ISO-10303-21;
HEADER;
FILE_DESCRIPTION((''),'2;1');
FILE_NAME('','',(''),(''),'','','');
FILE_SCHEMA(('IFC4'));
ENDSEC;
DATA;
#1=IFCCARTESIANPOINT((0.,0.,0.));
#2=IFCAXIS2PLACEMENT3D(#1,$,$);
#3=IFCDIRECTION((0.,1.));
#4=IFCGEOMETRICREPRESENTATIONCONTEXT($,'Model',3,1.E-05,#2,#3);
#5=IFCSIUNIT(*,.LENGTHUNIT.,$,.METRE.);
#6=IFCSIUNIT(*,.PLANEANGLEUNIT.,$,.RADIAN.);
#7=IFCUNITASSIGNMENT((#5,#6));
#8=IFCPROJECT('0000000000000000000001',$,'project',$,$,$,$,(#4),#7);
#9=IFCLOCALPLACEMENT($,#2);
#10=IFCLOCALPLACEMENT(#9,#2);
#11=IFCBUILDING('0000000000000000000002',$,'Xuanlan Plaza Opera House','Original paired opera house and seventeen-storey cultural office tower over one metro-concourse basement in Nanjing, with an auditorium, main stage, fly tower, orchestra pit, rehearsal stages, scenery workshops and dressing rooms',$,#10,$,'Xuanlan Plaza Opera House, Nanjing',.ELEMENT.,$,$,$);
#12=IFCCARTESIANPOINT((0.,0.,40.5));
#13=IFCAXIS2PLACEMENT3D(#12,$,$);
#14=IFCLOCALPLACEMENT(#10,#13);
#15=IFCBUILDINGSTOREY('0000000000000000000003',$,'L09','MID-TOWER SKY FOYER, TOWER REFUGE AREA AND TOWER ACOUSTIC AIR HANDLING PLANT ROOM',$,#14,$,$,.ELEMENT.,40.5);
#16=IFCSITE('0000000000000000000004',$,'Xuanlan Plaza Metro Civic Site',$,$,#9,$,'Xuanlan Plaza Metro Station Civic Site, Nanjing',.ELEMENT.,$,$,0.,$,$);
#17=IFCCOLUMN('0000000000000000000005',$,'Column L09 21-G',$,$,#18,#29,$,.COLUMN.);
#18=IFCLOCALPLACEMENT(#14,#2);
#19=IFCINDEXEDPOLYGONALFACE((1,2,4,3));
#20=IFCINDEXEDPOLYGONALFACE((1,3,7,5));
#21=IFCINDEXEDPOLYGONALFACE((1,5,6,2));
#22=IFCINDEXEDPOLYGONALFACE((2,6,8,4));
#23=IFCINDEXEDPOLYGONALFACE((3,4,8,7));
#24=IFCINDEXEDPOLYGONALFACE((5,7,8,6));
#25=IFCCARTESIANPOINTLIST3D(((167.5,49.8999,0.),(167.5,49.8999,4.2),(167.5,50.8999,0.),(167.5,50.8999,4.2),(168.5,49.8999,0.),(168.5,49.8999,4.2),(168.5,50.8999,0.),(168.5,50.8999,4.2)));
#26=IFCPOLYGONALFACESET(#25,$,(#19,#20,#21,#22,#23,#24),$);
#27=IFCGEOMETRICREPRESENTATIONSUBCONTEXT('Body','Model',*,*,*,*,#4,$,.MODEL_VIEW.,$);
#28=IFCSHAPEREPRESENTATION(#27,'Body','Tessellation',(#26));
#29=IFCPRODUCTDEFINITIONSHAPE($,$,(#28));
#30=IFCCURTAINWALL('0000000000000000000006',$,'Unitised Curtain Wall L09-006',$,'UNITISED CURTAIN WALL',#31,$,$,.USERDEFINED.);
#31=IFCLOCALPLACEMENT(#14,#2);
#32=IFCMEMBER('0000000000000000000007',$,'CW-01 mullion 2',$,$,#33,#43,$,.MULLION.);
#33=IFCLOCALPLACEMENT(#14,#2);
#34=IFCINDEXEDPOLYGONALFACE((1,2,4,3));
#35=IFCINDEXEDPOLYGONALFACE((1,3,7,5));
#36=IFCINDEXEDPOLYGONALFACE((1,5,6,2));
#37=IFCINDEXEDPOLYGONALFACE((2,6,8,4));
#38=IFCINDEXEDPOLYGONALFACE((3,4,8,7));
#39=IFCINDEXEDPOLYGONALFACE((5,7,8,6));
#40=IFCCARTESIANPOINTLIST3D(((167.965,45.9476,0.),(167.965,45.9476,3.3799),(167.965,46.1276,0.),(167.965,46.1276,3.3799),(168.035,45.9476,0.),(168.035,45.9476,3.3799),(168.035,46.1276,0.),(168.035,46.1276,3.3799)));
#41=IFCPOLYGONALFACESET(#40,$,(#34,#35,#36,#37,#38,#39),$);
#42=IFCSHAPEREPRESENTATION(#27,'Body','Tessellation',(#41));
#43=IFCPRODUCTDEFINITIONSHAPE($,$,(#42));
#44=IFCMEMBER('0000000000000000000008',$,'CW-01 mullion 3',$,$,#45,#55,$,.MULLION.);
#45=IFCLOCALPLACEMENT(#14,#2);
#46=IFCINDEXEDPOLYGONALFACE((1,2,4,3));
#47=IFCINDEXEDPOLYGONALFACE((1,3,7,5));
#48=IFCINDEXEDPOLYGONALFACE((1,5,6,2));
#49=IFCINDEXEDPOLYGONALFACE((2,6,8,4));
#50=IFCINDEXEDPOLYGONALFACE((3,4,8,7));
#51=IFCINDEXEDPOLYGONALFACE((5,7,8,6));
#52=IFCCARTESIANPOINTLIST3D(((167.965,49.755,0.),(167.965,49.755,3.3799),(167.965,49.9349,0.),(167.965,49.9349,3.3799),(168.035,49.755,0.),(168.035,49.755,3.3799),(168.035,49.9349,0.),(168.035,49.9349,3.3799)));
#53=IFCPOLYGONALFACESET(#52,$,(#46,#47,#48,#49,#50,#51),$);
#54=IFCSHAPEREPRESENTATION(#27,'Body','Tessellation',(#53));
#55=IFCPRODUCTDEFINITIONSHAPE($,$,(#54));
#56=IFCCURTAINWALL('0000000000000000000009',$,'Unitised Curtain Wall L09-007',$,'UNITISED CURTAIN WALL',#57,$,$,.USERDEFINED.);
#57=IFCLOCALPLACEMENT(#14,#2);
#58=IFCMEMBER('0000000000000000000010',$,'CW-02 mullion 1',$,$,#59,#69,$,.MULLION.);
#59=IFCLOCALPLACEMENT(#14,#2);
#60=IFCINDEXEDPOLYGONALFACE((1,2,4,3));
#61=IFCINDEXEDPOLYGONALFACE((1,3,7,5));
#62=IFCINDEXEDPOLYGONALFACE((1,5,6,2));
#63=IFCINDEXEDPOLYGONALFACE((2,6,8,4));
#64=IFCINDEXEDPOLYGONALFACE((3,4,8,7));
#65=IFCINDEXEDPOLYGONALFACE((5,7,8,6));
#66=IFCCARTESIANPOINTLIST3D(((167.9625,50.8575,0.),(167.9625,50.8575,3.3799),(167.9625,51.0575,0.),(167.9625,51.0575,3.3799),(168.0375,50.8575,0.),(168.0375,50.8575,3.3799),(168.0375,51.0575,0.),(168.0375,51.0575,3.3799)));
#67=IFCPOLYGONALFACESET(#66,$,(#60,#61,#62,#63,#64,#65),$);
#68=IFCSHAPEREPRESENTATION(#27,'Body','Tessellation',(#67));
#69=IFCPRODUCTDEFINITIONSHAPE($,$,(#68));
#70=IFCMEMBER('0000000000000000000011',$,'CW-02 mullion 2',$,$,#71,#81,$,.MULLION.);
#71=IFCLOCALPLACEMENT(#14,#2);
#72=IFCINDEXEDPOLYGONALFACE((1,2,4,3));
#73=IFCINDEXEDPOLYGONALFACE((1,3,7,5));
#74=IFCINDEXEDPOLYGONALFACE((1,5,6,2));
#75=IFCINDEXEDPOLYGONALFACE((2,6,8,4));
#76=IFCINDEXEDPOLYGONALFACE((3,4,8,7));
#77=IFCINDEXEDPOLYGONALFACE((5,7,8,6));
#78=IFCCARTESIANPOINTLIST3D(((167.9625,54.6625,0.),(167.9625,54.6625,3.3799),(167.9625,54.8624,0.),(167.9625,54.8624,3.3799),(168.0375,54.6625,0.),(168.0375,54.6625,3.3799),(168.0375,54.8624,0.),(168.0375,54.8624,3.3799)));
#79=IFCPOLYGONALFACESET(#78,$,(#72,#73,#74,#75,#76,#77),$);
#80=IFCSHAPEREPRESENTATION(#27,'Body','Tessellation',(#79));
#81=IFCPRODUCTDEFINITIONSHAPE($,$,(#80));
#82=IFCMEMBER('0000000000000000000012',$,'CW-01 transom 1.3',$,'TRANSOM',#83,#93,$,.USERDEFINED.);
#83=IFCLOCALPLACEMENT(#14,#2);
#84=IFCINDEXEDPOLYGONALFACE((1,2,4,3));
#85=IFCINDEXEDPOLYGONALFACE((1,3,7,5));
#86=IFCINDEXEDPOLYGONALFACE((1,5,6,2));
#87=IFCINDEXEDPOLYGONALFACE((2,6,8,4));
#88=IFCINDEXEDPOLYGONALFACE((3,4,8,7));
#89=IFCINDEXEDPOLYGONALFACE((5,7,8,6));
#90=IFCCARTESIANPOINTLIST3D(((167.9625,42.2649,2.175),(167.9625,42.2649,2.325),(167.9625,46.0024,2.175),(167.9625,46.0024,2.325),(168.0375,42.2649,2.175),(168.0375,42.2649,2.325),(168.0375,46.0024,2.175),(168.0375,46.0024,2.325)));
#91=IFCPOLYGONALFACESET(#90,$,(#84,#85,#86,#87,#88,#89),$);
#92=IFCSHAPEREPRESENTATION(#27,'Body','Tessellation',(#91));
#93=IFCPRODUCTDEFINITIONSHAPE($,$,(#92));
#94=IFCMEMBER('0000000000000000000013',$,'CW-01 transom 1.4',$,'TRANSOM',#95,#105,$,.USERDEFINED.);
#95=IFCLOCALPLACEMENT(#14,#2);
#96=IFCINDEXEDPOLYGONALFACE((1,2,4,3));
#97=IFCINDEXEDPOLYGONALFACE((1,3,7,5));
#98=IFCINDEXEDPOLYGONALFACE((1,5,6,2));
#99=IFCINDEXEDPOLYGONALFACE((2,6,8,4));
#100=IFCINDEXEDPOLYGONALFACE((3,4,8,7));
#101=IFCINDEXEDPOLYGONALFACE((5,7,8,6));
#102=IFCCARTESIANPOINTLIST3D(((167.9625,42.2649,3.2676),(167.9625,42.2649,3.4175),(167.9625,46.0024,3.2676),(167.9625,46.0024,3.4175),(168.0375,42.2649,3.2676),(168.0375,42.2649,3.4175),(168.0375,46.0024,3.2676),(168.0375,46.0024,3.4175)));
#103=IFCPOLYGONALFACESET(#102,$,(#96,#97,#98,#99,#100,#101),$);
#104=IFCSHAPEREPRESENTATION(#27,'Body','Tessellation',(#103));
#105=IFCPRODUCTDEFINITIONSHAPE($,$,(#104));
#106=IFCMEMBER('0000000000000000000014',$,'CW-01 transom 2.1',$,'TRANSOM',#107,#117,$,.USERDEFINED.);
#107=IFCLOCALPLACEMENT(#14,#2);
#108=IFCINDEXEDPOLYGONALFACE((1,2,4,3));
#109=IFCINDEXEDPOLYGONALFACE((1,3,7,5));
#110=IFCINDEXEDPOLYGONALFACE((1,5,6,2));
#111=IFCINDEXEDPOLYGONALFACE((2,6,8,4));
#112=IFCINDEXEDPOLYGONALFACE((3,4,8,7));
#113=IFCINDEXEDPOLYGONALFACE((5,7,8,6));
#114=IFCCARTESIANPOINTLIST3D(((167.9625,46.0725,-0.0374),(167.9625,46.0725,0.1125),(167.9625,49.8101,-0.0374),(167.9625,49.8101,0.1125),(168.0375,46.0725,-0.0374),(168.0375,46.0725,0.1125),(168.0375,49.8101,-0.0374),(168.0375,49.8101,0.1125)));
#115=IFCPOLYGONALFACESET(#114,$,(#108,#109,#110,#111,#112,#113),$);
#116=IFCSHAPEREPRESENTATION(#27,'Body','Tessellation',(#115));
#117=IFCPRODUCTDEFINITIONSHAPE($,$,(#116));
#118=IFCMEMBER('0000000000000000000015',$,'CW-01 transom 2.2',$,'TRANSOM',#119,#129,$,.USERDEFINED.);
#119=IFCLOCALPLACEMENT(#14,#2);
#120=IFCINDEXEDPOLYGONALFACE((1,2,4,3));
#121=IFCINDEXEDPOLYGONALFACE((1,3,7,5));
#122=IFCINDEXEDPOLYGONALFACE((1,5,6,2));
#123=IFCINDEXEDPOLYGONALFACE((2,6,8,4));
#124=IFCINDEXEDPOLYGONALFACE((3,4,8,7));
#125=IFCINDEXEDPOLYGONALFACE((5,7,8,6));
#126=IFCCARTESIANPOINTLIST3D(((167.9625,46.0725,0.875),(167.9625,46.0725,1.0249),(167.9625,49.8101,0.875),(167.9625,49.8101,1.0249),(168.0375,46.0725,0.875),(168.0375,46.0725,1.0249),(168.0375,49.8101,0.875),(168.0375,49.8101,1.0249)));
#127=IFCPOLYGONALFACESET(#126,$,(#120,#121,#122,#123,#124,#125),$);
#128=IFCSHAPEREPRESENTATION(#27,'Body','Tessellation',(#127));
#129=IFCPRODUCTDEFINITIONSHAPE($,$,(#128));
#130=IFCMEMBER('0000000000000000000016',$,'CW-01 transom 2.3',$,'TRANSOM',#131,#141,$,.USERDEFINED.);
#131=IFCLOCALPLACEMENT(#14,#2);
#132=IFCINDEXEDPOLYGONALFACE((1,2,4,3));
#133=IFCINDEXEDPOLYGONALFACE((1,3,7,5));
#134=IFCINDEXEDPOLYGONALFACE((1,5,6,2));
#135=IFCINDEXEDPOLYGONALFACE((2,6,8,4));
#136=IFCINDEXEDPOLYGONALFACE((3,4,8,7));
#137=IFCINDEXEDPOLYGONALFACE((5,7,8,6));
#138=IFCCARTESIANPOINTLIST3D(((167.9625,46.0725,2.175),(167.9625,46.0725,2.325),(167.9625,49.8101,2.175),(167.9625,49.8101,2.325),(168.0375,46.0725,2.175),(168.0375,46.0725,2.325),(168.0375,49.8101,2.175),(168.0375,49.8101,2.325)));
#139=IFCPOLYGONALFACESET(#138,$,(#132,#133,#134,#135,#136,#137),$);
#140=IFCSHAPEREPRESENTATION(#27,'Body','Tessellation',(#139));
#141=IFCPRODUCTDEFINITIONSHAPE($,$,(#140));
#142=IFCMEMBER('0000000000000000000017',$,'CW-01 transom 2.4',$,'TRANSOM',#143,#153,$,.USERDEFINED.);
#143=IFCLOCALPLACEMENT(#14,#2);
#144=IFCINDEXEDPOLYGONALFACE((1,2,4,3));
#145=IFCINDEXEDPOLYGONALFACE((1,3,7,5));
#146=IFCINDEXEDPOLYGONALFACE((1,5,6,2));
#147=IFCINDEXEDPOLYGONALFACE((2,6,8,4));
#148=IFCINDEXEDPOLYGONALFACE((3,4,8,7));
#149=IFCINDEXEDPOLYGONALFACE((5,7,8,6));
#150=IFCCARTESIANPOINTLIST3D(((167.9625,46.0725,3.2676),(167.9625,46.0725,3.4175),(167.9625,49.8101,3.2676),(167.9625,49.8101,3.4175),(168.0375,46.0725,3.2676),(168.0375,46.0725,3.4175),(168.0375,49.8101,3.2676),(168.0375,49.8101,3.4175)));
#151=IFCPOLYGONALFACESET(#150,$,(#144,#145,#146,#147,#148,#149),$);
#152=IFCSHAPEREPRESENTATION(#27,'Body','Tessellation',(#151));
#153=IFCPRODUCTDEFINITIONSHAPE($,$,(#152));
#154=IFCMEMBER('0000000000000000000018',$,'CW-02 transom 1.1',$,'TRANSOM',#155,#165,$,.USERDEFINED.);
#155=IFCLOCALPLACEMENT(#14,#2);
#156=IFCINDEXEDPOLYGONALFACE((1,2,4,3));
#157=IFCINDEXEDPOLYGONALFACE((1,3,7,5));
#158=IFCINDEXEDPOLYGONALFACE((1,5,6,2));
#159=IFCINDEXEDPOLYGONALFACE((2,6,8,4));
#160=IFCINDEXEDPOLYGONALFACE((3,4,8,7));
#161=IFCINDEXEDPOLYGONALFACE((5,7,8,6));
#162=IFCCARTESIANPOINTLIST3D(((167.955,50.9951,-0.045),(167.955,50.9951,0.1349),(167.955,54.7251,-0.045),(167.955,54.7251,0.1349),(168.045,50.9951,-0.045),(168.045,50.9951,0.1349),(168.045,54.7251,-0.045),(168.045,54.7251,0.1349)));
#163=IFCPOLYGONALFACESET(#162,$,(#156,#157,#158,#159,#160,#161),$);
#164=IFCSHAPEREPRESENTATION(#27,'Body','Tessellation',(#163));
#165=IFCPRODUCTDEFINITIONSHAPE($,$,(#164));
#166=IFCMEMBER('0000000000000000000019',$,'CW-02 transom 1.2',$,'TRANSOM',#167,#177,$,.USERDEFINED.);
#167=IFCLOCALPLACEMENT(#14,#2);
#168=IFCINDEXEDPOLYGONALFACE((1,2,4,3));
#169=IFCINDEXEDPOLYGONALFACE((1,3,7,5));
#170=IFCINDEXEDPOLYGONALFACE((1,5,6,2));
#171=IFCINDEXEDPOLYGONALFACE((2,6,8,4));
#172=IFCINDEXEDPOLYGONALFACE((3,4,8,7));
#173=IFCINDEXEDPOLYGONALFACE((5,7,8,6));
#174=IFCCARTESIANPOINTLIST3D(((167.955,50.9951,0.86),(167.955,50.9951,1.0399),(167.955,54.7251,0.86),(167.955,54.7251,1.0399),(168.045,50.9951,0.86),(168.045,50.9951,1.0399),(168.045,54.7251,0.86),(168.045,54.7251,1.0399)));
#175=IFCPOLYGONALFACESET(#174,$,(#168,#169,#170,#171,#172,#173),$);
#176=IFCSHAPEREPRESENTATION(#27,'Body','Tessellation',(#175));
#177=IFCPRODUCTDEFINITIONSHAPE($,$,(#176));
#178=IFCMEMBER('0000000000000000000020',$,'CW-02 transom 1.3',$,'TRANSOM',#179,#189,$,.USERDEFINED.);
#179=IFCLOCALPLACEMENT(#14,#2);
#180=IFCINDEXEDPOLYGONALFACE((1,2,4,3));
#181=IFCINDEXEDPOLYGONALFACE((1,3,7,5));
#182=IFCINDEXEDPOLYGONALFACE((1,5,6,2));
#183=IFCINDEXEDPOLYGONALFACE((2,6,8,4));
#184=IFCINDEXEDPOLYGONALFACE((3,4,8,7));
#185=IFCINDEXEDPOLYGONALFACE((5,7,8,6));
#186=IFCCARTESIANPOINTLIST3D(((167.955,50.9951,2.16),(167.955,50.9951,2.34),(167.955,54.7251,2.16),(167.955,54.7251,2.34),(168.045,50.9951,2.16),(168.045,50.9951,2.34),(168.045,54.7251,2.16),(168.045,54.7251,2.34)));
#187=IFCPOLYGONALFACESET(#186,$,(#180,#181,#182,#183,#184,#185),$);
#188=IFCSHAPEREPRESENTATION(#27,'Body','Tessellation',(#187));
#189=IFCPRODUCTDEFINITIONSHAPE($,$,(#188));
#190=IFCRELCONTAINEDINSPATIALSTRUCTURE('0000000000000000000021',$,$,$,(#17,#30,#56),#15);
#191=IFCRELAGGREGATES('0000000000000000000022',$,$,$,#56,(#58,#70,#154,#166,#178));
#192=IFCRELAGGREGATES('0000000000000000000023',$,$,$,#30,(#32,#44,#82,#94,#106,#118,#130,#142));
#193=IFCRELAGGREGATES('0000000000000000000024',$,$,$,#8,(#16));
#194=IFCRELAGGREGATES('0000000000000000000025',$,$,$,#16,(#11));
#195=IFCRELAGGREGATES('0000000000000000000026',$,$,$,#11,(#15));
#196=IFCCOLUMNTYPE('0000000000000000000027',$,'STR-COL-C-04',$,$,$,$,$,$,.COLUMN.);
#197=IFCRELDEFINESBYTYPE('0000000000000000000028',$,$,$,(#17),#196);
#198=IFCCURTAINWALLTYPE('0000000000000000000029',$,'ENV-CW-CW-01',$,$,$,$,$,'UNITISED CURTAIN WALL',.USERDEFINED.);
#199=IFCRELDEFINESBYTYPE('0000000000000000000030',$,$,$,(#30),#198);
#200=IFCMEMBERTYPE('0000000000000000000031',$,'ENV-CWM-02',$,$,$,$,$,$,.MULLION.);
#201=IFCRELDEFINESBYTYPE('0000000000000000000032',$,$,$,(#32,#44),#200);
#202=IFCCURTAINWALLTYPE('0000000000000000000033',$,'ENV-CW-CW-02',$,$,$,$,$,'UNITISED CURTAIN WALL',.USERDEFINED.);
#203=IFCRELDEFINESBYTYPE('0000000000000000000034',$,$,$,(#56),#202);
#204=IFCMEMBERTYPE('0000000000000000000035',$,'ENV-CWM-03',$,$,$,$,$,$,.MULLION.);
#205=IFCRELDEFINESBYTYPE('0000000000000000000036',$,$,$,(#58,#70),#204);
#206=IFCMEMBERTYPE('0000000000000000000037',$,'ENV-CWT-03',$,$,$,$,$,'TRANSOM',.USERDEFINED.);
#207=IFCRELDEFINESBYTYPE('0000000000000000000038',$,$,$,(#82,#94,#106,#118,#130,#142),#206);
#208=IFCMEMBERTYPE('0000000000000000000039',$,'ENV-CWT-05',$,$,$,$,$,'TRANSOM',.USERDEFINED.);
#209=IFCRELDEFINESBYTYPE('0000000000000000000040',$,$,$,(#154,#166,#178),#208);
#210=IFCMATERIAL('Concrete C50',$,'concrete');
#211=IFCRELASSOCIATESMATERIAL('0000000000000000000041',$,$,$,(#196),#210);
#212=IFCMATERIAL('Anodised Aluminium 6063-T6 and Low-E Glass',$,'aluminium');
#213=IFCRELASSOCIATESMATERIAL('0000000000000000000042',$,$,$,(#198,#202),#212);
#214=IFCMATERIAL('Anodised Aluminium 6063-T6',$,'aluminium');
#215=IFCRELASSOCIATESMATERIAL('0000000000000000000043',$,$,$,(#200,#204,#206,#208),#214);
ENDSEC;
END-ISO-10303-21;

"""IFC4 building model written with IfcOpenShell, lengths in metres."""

from ifc_helpers import new_model, si_unit, direction, frame, origin, origin_2d, place, context, subcontext, project, spatial, rectangle, extrude, material, material_profile, profile_set, type_object, element, aggregate, save


model = new_model("IFC4")

# Units and contexts
model_context = context("Model", 3, precision=1e-05, world=origin(), true_north=direction((0.0, 1.0)))
body_context = subcontext(model_context, "Body", "Model", "MODEL_VIEW")
ifc_project = project(units=[si_unit("LENGTHUNIT", "METRE"), si_unit("PLANEANGLEUNIT", "RADIAN")], contexts=[model_context])

# Site, building, storey
site_placement = place(None, origin())
site = spatial("IfcSite", under=ifc_project, at=site_placement, Name="Xuanlan Plaza Metro Civic Site", LongName="Xuanlan Plaza Metro Station Civic Site, Nanjing", CompositionType="ELEMENT", RefElevation=0.0)
building_placement = place(site_placement, origin())
building = spatial("IfcBuilding", under=site, at=building_placement, Name="Xuanlan Plaza Opera House", Description="Original paired opera house and seventeen-storey cultural office tower over one metro-concourse basement in Nanjing, with an auditorium, main stage, fly tower, orchestra pit, rehearsal stages, scenery workshops and dressing rooms", LongName="Xuanlan Plaza Opera House, Nanjing", CompositionType="ELEMENT")
storey_placement = place(building_placement, frame((0.0, 0.0, 40.5)))
storey = spatial("IfcBuildingStorey", under=building, at=storey_placement, Name="L09", Description="MID-TOWER SKY FOYER, TOWER REFUGE AREA AND TOWER ACOUSTIC AIR HANDLING PLANT ROOM", CompositionType="ELEMENT", Elevation=40.5)

# Column
ifc_material_1 = material(Name="Concrete C50", Category="concrete")
ifc_material_profile_1 = material_profile(ifc_material_1, rectangle(XDim=1.0, YDim=1.0, at=origin_2d()), Name="RC-COL 1000x1000")
ifc_profile_set_1 = profile_set([ifc_material_profile_1], Name="Concrete C50")
column_type = type_object("IfcColumnType", Name="STR-COL-C-04", PredefinedType="COLUMN", material=ifc_profile_set_1)
column_placement = place(storey_placement, frame((168.0, 50.3999, 0.0), z_axis=(0.0, 0.0, 1.0), x_axis=(1.0, 0.0, 0.0)))
element("IfcColumn", 1, at=column_placement, inside=storey, type_object=column_type, Name="Column L09 21-G", PredefinedType="COLUMN", context=body_context, shape_type="SweptSolid", body=[
    extrude(rectangle(XDim=1.0, YDim=1.0, at=origin_2d()), origin(), (0.0, 0.0, 1.0), 4.2),
])

# Curtain walls, members
ifc_material_2 = material(Name="Anodised Aluminium 6063-T6 and Low-E Glass", Category="aluminium")
curtain_wall_type_1 = type_object("IfcCurtainWallType", Name="ENV-CW-CW-01", ElementType="UNITISED CURTAIN WALL", PredefinedType="USERDEFINED", material=ifc_material_2)
curtain_wall_1_placement = place(storey_placement, origin())
curtain_wall_1 = element("IfcCurtainWall", 2, at=curtain_wall_1_placement, inside=storey, type_object=curtain_wall_type_1, Name="Unitised Curtain Wall L09-006", ObjectType="UNITISED CURTAIN WALL", PredefinedType="USERDEFINED")
ifc_material_3 = material(Name="Anodised Aluminium 6063-T6", Category="aluminium")
ifc_material_profile_2 = material_profile(ifc_material_3, rectangle(XDim=0.0701, YDim=0.1799, at=origin_2d()), Name="ALU-M 70x180")
ifc_profile_set_2 = profile_set([ifc_material_profile_2], Name="Anodised Aluminium 6063-T6")
member_type_1 = type_object("IfcMemberType", Name="ENV-CWM-02", PredefinedType="MULLION", material=ifc_profile_set_2)
member_1_placement = place(storey_placement, frame((168.0, 46.0376, 0.0), z_axis=(0.0, 0.0, 1.0), x_axis=(-1.0, 0.0, 0.0)))
member_1 = element("IfcMember", 3, at=member_1_placement, type_object=member_type_1, Name="CW-01 mullion 2", PredefinedType="MULLION", context=body_context, shape_type="SweptSolid", body=[
    extrude(rectangle(XDim=0.0701, YDim=0.1799, at=origin_2d()), origin(), (0.0, 0.0, 1.0), 3.3799),
])
member_2_placement = place(storey_placement, frame((168.0, 49.845, 0.0), z_axis=(0.0, 0.0, 1.0), x_axis=(-1.0, 0.0, 0.0)))
member_2 = element("IfcMember", 4, at=member_2_placement, type_object=member_type_1, Name="CW-01 mullion 3", PredefinedType="MULLION", context=body_context, shape_type="SweptSolid", body=[
    extrude(rectangle(XDim=0.0701, YDim=0.1799, at=origin_2d()), origin(), (0.0, 0.0, 1.0), 3.3799),
])
curtain_wall_type_2 = type_object("IfcCurtainWallType", Name="ENV-CW-CW-02", ElementType="UNITISED CURTAIN WALL", PredefinedType="USERDEFINED", material=ifc_material_2)
curtain_wall_2_placement = place(storey_placement, origin())
curtain_wall_2 = element("IfcCurtainWall", 5, at=curtain_wall_2_placement, inside=storey, type_object=curtain_wall_type_2, Name="Unitised Curtain Wall L09-007", ObjectType="UNITISED CURTAIN WALL", PredefinedType="USERDEFINED")
ifc_material_profile_3 = material_profile(ifc_material_3, rectangle(XDim=0.075, YDim=0.2, at=origin_2d()), Name="ALU-M 75x200")
ifc_profile_set_3 = profile_set([ifc_material_profile_3], Name="Anodised Aluminium 6063-T6")
member_type_2 = type_object("IfcMemberType", Name="ENV-CWM-03", PredefinedType="MULLION", material=ifc_profile_set_3)
member_3_placement = place(storey_placement, frame((168.0, 50.9575, 0.0), z_axis=(0.0, 0.0, 1.0), x_axis=(-1.0, 0.0, 0.0)))
member_3 = element("IfcMember", 6, at=member_3_placement, type_object=member_type_2, Name="CW-02 mullion 1", PredefinedType="MULLION", context=body_context, shape_type="SweptSolid", body=[
    extrude(rectangle(XDim=0.075, YDim=0.2, at=origin_2d()), origin(), (0.0, 0.0, 1.0), 3.3799),
])
member_4_placement = place(storey_placement, frame((168.0, 54.7625, 0.0), z_axis=(0.0, 0.0, 1.0), x_axis=(-1.0, 0.0, 0.0)))
member_4 = element("IfcMember", 7, at=member_4_placement, type_object=member_type_2, Name="CW-02 mullion 2", PredefinedType="MULLION", context=body_context, shape_type="SweptSolid", body=[
    extrude(rectangle(XDim=0.075, YDim=0.2, at=origin_2d()), origin(), (0.0, 0.0, 1.0), 3.3799),
])

# Members
ifc_material_profile_4 = material_profile(ifc_material_3, rectangle(XDim=0.075, YDim=0.1499, at=origin_2d()), Name="ALU-T 75x150")
ifc_profile_set_4 = profile_set([ifc_material_profile_4], Name="Anodised Aluminium 6063-T6")
member_type_3 = type_object("IfcMemberType", Name="ENV-CWT-03", ElementType="TRANSOM", PredefinedType="USERDEFINED", material=ifc_profile_set_4)
member_5_placement = place(storey_placement, frame((168.0, 42.2649, 2.25), z_axis=(0.0, 1.0, 0.0), x_axis=(-1.0, 0.0, 0.0)))
member_5 = element("IfcMember", 8, at=member_5_placement, type_object=member_type_3, Name="CW-01 transom 1.3", ObjectType="TRANSOM", PredefinedType="USERDEFINED", context=body_context, shape_type="SweptSolid", body=[
    extrude(rectangle(XDim=0.075, YDim=0.1499, at=origin_2d()), origin(), (0.0, 0.0, 1.0), 3.7375),
])
member_6_placement = place(storey_placement, frame((168.0, 42.2649, 3.3425), z_axis=(0.0, 1.0, 0.0), x_axis=(-1.0, 0.0, 0.0)))
member_6 = element("IfcMember", 9, at=member_6_placement, type_object=member_type_3, Name="CW-01 transom 1.4", ObjectType="TRANSOM", PredefinedType="USERDEFINED", context=body_context, shape_type="SweptSolid", body=[
    extrude(rectangle(XDim=0.075, YDim=0.1499, at=origin_2d()), origin(), (0.0, 0.0, 1.0), 3.7375),
])
member_7_placement = place(storey_placement, frame((168.0, 46.0725, 0.0376), z_axis=(0.0, 1.0, 0.0), x_axis=(-1.0, 0.0, 0.0)))
member_7 = element("IfcMember", 10, at=member_7_placement, type_object=member_type_3, Name="CW-01 transom 2.1", ObjectType="TRANSOM", PredefinedType="USERDEFINED", context=body_context, shape_type="SweptSolid", body=[
    extrude(rectangle(XDim=0.075, YDim=0.1499, at=origin_2d()), origin(), (0.0, 0.0, 1.0), 3.7375),
])
member_8_placement = place(storey_placement, frame((168.0, 46.0725, 0.95), z_axis=(0.0, 1.0, 0.0), x_axis=(-1.0, 0.0, 0.0)))
member_8 = element("IfcMember", 11, at=member_8_placement, type_object=member_type_3, Name="CW-01 transom 2.2", ObjectType="TRANSOM", PredefinedType="USERDEFINED", context=body_context, shape_type="SweptSolid", body=[
    extrude(rectangle(XDim=0.075, YDim=0.1499, at=origin_2d()), origin(), (0.0, 0.0, 1.0), 3.7375),
])
member_9_placement = place(storey_placement, frame((168.0, 46.0725, 2.25), z_axis=(0.0, 1.0, 0.0), x_axis=(-1.0, 0.0, 0.0)))
member_9 = element("IfcMember", 12, at=member_9_placement, type_object=member_type_3, Name="CW-01 transom 2.3", ObjectType="TRANSOM", PredefinedType="USERDEFINED", context=body_context, shape_type="SweptSolid", body=[
    extrude(rectangle(XDim=0.075, YDim=0.1499, at=origin_2d()), origin(), (0.0, 0.0, 1.0), 3.7375),
])
member_10_placement = place(storey_placement, frame((168.0, 46.0725, 3.3425), z_axis=(0.0, 1.0, 0.0), x_axis=(-1.0, 0.0, 0.0)))
member_10 = element("IfcMember", 13, at=member_10_placement, type_object=member_type_3, Name="CW-01 transom 2.4", ObjectType="TRANSOM", PredefinedType="USERDEFINED", context=body_context, shape_type="SweptSolid", body=[
    extrude(rectangle(XDim=0.075, YDim=0.1499, at=origin_2d()), origin(), (0.0, 0.0, 1.0), 3.7375),
])
ifc_material_profile_5 = material_profile(ifc_material_3, rectangle(XDim=0.0901, YDim=0.1799, at=origin_2d()), Name="ALU-T 90x180")
ifc_profile_set_5 = profile_set([ifc_material_profile_5], Name="Anodised Aluminium 6063-T6")
member_type_4 = type_object("IfcMemberType", Name="ENV-CWT-05", ElementType="TRANSOM", PredefinedType="USERDEFINED", material=ifc_profile_set_5)
member_11_placement = place(storey_placement, frame((168.0, 50.9951, 0.0449), z_axis=(0.0, 1.0, 0.0), x_axis=(-1.0, 0.0, 0.0)))
member_11 = element("IfcMember", 14, at=member_11_placement, type_object=member_type_4, Name="CW-02 transom 1.1", ObjectType="TRANSOM", PredefinedType="USERDEFINED", context=body_context, shape_type="SweptSolid", body=[
    extrude(rectangle(XDim=0.0901, YDim=0.1799, at=origin_2d()), origin(), (0.0, 0.0, 1.0), 3.73),
])
member_12_placement = place(storey_placement, frame((168.0, 50.9951, 0.95), z_axis=(0.0, 1.0, 0.0), x_axis=(-1.0, 0.0, 0.0)))
member_12 = element("IfcMember", 15, at=member_12_placement, type_object=member_type_4, Name="CW-02 transom 1.2", ObjectType="TRANSOM", PredefinedType="USERDEFINED", context=body_context, shape_type="SweptSolid", body=[
    extrude(rectangle(XDim=0.0901, YDim=0.1799, at=origin_2d()), origin(), (0.0, 0.0, 1.0), 3.73),
])
member_13_placement = place(storey_placement, frame((168.0, 50.9951, 2.25), z_axis=(0.0, 1.0, 0.0), x_axis=(-1.0, 0.0, 0.0)))
member_13 = element("IfcMember", 16, at=member_13_placement, type_object=member_type_4, Name="CW-02 transom 1.3", ObjectType="TRANSOM", PredefinedType="USERDEFINED", context=body_context, shape_type="SweptSolid", body=[
    extrude(rectangle(XDim=0.0901, YDim=0.1799, at=origin_2d()), origin(), (0.0, 0.0, 1.0), 3.73),
])

aggregate(curtain_wall_2, [member_3, member_4, member_11, member_12, member_13])
aggregate(curtain_wall_1, [member_1, member_2, member_5, member_6, member_7, member_8, member_9, member_10])

save(model, "model.ifc")
